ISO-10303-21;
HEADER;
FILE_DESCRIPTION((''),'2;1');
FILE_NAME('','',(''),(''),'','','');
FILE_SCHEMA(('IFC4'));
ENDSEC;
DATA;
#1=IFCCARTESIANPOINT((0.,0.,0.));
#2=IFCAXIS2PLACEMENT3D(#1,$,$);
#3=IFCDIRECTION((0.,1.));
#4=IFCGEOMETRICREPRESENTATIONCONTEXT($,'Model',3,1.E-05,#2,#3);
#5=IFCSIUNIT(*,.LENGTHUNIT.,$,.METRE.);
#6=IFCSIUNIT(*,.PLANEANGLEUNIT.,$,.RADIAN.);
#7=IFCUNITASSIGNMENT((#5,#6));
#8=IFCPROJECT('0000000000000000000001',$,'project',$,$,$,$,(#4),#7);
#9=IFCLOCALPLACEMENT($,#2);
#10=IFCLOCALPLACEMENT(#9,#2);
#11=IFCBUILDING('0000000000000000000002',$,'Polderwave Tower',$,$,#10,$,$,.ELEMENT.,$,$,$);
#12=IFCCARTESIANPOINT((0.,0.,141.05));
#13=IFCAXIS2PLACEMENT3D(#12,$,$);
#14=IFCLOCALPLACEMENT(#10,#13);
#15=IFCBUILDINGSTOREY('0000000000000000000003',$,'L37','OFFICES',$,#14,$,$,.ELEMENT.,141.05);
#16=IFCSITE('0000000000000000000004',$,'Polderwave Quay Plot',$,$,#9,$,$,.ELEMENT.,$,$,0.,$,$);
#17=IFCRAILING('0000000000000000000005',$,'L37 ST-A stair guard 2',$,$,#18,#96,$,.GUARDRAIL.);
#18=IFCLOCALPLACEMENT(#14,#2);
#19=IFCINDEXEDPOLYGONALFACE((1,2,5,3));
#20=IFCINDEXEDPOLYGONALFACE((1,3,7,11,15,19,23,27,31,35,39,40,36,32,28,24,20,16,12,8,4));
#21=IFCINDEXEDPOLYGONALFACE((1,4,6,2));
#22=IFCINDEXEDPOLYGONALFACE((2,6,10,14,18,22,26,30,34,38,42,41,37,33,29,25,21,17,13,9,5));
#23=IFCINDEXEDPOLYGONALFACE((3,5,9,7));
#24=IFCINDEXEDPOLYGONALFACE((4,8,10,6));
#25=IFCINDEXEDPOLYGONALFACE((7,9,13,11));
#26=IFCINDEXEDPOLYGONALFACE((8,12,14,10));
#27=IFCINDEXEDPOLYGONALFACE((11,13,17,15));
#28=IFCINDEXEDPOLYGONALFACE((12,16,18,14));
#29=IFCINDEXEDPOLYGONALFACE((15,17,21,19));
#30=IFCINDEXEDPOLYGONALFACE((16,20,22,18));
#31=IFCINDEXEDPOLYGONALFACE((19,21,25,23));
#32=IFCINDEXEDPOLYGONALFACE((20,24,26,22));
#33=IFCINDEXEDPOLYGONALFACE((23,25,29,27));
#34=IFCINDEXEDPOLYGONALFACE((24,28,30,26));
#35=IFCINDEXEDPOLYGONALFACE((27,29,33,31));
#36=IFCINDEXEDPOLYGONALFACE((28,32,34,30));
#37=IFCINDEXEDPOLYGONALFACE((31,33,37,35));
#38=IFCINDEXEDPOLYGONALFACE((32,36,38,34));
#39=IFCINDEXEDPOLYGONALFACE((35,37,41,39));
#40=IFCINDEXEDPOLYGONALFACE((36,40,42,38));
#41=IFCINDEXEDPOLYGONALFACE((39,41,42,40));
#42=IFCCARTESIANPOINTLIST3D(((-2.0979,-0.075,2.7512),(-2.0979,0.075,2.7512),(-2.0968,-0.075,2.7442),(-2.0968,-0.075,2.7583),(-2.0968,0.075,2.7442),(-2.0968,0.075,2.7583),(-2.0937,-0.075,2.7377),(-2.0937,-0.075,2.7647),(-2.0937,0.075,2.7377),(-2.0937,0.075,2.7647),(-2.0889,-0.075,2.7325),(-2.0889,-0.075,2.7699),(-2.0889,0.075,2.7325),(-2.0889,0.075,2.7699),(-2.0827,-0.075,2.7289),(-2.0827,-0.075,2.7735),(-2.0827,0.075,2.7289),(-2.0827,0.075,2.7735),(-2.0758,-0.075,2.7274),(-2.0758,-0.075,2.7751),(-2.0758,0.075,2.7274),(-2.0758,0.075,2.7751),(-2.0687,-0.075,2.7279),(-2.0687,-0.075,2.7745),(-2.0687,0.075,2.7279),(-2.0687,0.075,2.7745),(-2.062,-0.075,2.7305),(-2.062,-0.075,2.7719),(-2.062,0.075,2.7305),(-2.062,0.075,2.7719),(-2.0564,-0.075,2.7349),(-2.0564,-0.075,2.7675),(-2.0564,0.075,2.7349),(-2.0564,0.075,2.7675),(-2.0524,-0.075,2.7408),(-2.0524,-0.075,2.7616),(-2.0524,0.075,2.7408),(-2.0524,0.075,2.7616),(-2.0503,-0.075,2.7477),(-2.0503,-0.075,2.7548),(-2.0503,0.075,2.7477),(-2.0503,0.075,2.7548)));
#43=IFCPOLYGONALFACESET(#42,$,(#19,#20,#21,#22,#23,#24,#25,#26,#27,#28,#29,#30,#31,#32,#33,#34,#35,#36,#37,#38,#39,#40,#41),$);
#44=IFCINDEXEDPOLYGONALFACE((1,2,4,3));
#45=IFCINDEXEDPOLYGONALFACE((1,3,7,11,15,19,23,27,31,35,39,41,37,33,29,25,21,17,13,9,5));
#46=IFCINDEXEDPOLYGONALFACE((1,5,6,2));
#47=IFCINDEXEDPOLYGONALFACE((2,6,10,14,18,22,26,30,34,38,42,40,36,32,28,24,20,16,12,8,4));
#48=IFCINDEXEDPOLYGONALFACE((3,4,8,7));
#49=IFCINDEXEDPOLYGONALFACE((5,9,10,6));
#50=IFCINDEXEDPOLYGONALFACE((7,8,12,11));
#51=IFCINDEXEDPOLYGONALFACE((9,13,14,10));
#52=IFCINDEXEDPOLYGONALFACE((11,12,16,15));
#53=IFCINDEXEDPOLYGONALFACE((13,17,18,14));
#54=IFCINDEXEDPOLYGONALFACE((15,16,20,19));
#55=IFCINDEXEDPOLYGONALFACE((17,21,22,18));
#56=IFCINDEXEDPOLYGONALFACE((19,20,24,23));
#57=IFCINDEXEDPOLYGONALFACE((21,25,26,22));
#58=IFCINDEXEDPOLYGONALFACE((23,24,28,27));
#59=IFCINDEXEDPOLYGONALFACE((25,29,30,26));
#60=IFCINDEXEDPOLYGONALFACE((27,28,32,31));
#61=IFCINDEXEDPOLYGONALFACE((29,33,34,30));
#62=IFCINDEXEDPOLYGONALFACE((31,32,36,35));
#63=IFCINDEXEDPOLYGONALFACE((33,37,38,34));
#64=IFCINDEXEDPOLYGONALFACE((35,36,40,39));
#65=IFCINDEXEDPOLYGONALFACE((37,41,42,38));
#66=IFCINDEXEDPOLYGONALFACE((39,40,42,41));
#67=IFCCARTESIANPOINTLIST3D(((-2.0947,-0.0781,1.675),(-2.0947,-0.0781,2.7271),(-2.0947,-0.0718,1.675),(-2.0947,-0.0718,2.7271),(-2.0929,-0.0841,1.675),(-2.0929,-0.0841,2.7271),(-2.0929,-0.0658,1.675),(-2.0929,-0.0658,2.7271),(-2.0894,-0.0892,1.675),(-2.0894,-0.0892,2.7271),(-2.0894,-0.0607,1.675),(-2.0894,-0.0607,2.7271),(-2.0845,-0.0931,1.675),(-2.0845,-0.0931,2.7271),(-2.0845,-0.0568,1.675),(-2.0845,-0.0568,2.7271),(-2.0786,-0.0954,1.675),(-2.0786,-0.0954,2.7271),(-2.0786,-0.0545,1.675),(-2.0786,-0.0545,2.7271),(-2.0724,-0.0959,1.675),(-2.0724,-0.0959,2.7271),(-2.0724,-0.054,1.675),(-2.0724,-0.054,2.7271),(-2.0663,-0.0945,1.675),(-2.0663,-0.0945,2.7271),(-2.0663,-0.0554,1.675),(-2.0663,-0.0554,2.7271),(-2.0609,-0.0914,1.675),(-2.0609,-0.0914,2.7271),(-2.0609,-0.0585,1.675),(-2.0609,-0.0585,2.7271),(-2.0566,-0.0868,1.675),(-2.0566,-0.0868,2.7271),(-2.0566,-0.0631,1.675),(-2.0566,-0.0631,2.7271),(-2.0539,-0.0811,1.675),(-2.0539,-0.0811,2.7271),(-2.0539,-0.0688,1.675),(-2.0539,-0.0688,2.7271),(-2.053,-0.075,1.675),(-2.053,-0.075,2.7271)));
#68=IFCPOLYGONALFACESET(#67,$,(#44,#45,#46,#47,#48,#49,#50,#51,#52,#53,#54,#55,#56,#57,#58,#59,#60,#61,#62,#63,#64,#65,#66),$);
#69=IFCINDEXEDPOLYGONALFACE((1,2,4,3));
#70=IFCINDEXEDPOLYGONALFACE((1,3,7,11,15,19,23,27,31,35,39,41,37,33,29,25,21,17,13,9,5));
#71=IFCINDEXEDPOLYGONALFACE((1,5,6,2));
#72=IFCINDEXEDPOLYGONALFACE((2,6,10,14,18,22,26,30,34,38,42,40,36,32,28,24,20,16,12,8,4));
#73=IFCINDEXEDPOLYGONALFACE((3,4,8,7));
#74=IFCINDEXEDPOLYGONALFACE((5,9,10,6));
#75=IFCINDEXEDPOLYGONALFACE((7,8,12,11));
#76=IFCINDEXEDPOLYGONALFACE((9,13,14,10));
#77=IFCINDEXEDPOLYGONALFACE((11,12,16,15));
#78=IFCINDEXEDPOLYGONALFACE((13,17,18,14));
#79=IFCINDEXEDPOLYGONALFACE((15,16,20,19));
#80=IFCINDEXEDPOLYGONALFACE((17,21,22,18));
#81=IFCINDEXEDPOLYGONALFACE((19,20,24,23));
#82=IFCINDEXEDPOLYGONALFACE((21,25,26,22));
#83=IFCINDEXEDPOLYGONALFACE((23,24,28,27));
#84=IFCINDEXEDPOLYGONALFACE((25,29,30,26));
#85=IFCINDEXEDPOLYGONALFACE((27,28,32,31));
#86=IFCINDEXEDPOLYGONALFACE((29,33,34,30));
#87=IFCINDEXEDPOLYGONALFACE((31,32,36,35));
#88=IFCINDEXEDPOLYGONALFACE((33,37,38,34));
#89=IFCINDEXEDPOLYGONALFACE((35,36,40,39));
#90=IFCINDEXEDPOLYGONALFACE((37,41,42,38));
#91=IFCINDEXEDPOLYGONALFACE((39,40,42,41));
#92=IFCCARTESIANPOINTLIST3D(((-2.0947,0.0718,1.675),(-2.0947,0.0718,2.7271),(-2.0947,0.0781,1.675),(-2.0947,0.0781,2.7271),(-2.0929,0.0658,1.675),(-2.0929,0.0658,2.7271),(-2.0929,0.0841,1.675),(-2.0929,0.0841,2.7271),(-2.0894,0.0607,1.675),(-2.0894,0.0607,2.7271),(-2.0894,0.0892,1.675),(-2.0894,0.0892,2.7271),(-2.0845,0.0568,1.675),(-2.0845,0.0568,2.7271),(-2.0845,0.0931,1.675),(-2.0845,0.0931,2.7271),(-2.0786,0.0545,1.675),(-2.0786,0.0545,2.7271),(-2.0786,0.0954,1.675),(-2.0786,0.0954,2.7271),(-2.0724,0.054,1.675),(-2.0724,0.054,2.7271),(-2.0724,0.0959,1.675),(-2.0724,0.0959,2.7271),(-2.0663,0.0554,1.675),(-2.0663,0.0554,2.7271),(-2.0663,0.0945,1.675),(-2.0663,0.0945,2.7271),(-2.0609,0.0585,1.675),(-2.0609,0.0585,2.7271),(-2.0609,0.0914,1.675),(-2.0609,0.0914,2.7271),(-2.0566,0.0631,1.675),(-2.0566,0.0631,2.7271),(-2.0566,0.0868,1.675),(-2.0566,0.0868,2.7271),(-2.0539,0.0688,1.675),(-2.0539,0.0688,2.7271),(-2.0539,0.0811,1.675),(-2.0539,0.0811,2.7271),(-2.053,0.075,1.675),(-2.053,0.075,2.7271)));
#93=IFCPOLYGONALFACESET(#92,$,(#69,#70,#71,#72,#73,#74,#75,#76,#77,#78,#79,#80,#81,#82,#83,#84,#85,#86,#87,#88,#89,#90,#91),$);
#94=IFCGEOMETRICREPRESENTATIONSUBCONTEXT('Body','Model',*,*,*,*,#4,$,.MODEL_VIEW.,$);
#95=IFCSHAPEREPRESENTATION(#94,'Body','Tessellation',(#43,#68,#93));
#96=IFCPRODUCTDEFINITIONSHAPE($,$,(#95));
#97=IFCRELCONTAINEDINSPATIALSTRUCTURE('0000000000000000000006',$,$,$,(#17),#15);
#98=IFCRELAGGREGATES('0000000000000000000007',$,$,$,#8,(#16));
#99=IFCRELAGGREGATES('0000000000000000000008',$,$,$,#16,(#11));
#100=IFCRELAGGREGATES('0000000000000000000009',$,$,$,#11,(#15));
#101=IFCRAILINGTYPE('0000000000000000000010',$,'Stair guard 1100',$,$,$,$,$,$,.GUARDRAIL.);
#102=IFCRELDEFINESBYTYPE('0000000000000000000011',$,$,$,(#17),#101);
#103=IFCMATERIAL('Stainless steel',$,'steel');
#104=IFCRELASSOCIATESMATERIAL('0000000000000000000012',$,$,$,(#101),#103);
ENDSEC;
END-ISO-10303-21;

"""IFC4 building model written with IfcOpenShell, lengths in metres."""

from ifc_helpers import new_model, si_unit, direction, frame, origin, origin_2d, place, context, subcontext, project, spatial, circle, extrude, material, type_object, element, save


model = new_model("IFC4")

# Units and contexts
model_context = context("Model", 3, precision=1e-05, world=origin(), true_north=direction((0.0, 1.0)))
body_context = subcontext(model_context, "Body", "Model", "MODEL_VIEW")
ifc_project = project(units=[si_unit("LENGTHUNIT", "METRE"), si_unit("PLANEANGLEUNIT", "RADIAN")], contexts=[model_context])

# Site, building, storey
site_placement = place(None, origin())
site = spatial("IfcSite", under=ifc_project, at=site_placement, Name="Polderwave Quay Plot", CompositionType="ELEMENT", RefElevation=0.0)
building_placement = place(site_placement, origin())
building = spatial("IfcBuilding", under=site, at=building_placement, Name="Polderwave Tower", CompositionType="ELEMENT")
storey_placement = place(building_placement, frame((0.0, 0.0, 141.05)))
storey = spatial("IfcBuildingStorey", under=building, at=storey_placement, Name="L37", Description="OFFICES", CompositionType="ELEMENT", Elevation=141.05)

# Railing
ifc_material_1 = material(Name="Stainless steel", Category="steel")
railing_type_1 = type_object("IfcRailingType", Name="Stair guard 1100", PredefinedType="GUARDRAIL", material=ifc_material_1)
railing_1_placement = place(storey_placement, frame((-2.074, -0.075, 1.675)))
element("IfcRailing", 1, at=railing_1_placement, inside=storey, type_object=railing_type_1, Name="L37 ST-A stair guard 2", PredefinedType="GUARDRAIL", context=body_context, shape_type="SweptSolid", body=[
    extrude(circle(Radius=0.0239, at=origin_2d()), frame((0.0, 0.0, 1.0762), z_axis=(0.0, 1.0, 0.0), x_axis=(-1.0, 0.0, 0.0)), (0.0, 0.0, 1.0), 0.1499),
    extrude(circle(Radius=0.021, at=origin_2d()), origin(), (0.0, 0.0, 1.0), 1.052),
    extrude(circle(Radius=0.021, at=origin_2d()), frame((0.0, 0.1499, 0.0)), (0.0, 0.0, 1.0), 1.052),
])

save(model, "model.ifc")
